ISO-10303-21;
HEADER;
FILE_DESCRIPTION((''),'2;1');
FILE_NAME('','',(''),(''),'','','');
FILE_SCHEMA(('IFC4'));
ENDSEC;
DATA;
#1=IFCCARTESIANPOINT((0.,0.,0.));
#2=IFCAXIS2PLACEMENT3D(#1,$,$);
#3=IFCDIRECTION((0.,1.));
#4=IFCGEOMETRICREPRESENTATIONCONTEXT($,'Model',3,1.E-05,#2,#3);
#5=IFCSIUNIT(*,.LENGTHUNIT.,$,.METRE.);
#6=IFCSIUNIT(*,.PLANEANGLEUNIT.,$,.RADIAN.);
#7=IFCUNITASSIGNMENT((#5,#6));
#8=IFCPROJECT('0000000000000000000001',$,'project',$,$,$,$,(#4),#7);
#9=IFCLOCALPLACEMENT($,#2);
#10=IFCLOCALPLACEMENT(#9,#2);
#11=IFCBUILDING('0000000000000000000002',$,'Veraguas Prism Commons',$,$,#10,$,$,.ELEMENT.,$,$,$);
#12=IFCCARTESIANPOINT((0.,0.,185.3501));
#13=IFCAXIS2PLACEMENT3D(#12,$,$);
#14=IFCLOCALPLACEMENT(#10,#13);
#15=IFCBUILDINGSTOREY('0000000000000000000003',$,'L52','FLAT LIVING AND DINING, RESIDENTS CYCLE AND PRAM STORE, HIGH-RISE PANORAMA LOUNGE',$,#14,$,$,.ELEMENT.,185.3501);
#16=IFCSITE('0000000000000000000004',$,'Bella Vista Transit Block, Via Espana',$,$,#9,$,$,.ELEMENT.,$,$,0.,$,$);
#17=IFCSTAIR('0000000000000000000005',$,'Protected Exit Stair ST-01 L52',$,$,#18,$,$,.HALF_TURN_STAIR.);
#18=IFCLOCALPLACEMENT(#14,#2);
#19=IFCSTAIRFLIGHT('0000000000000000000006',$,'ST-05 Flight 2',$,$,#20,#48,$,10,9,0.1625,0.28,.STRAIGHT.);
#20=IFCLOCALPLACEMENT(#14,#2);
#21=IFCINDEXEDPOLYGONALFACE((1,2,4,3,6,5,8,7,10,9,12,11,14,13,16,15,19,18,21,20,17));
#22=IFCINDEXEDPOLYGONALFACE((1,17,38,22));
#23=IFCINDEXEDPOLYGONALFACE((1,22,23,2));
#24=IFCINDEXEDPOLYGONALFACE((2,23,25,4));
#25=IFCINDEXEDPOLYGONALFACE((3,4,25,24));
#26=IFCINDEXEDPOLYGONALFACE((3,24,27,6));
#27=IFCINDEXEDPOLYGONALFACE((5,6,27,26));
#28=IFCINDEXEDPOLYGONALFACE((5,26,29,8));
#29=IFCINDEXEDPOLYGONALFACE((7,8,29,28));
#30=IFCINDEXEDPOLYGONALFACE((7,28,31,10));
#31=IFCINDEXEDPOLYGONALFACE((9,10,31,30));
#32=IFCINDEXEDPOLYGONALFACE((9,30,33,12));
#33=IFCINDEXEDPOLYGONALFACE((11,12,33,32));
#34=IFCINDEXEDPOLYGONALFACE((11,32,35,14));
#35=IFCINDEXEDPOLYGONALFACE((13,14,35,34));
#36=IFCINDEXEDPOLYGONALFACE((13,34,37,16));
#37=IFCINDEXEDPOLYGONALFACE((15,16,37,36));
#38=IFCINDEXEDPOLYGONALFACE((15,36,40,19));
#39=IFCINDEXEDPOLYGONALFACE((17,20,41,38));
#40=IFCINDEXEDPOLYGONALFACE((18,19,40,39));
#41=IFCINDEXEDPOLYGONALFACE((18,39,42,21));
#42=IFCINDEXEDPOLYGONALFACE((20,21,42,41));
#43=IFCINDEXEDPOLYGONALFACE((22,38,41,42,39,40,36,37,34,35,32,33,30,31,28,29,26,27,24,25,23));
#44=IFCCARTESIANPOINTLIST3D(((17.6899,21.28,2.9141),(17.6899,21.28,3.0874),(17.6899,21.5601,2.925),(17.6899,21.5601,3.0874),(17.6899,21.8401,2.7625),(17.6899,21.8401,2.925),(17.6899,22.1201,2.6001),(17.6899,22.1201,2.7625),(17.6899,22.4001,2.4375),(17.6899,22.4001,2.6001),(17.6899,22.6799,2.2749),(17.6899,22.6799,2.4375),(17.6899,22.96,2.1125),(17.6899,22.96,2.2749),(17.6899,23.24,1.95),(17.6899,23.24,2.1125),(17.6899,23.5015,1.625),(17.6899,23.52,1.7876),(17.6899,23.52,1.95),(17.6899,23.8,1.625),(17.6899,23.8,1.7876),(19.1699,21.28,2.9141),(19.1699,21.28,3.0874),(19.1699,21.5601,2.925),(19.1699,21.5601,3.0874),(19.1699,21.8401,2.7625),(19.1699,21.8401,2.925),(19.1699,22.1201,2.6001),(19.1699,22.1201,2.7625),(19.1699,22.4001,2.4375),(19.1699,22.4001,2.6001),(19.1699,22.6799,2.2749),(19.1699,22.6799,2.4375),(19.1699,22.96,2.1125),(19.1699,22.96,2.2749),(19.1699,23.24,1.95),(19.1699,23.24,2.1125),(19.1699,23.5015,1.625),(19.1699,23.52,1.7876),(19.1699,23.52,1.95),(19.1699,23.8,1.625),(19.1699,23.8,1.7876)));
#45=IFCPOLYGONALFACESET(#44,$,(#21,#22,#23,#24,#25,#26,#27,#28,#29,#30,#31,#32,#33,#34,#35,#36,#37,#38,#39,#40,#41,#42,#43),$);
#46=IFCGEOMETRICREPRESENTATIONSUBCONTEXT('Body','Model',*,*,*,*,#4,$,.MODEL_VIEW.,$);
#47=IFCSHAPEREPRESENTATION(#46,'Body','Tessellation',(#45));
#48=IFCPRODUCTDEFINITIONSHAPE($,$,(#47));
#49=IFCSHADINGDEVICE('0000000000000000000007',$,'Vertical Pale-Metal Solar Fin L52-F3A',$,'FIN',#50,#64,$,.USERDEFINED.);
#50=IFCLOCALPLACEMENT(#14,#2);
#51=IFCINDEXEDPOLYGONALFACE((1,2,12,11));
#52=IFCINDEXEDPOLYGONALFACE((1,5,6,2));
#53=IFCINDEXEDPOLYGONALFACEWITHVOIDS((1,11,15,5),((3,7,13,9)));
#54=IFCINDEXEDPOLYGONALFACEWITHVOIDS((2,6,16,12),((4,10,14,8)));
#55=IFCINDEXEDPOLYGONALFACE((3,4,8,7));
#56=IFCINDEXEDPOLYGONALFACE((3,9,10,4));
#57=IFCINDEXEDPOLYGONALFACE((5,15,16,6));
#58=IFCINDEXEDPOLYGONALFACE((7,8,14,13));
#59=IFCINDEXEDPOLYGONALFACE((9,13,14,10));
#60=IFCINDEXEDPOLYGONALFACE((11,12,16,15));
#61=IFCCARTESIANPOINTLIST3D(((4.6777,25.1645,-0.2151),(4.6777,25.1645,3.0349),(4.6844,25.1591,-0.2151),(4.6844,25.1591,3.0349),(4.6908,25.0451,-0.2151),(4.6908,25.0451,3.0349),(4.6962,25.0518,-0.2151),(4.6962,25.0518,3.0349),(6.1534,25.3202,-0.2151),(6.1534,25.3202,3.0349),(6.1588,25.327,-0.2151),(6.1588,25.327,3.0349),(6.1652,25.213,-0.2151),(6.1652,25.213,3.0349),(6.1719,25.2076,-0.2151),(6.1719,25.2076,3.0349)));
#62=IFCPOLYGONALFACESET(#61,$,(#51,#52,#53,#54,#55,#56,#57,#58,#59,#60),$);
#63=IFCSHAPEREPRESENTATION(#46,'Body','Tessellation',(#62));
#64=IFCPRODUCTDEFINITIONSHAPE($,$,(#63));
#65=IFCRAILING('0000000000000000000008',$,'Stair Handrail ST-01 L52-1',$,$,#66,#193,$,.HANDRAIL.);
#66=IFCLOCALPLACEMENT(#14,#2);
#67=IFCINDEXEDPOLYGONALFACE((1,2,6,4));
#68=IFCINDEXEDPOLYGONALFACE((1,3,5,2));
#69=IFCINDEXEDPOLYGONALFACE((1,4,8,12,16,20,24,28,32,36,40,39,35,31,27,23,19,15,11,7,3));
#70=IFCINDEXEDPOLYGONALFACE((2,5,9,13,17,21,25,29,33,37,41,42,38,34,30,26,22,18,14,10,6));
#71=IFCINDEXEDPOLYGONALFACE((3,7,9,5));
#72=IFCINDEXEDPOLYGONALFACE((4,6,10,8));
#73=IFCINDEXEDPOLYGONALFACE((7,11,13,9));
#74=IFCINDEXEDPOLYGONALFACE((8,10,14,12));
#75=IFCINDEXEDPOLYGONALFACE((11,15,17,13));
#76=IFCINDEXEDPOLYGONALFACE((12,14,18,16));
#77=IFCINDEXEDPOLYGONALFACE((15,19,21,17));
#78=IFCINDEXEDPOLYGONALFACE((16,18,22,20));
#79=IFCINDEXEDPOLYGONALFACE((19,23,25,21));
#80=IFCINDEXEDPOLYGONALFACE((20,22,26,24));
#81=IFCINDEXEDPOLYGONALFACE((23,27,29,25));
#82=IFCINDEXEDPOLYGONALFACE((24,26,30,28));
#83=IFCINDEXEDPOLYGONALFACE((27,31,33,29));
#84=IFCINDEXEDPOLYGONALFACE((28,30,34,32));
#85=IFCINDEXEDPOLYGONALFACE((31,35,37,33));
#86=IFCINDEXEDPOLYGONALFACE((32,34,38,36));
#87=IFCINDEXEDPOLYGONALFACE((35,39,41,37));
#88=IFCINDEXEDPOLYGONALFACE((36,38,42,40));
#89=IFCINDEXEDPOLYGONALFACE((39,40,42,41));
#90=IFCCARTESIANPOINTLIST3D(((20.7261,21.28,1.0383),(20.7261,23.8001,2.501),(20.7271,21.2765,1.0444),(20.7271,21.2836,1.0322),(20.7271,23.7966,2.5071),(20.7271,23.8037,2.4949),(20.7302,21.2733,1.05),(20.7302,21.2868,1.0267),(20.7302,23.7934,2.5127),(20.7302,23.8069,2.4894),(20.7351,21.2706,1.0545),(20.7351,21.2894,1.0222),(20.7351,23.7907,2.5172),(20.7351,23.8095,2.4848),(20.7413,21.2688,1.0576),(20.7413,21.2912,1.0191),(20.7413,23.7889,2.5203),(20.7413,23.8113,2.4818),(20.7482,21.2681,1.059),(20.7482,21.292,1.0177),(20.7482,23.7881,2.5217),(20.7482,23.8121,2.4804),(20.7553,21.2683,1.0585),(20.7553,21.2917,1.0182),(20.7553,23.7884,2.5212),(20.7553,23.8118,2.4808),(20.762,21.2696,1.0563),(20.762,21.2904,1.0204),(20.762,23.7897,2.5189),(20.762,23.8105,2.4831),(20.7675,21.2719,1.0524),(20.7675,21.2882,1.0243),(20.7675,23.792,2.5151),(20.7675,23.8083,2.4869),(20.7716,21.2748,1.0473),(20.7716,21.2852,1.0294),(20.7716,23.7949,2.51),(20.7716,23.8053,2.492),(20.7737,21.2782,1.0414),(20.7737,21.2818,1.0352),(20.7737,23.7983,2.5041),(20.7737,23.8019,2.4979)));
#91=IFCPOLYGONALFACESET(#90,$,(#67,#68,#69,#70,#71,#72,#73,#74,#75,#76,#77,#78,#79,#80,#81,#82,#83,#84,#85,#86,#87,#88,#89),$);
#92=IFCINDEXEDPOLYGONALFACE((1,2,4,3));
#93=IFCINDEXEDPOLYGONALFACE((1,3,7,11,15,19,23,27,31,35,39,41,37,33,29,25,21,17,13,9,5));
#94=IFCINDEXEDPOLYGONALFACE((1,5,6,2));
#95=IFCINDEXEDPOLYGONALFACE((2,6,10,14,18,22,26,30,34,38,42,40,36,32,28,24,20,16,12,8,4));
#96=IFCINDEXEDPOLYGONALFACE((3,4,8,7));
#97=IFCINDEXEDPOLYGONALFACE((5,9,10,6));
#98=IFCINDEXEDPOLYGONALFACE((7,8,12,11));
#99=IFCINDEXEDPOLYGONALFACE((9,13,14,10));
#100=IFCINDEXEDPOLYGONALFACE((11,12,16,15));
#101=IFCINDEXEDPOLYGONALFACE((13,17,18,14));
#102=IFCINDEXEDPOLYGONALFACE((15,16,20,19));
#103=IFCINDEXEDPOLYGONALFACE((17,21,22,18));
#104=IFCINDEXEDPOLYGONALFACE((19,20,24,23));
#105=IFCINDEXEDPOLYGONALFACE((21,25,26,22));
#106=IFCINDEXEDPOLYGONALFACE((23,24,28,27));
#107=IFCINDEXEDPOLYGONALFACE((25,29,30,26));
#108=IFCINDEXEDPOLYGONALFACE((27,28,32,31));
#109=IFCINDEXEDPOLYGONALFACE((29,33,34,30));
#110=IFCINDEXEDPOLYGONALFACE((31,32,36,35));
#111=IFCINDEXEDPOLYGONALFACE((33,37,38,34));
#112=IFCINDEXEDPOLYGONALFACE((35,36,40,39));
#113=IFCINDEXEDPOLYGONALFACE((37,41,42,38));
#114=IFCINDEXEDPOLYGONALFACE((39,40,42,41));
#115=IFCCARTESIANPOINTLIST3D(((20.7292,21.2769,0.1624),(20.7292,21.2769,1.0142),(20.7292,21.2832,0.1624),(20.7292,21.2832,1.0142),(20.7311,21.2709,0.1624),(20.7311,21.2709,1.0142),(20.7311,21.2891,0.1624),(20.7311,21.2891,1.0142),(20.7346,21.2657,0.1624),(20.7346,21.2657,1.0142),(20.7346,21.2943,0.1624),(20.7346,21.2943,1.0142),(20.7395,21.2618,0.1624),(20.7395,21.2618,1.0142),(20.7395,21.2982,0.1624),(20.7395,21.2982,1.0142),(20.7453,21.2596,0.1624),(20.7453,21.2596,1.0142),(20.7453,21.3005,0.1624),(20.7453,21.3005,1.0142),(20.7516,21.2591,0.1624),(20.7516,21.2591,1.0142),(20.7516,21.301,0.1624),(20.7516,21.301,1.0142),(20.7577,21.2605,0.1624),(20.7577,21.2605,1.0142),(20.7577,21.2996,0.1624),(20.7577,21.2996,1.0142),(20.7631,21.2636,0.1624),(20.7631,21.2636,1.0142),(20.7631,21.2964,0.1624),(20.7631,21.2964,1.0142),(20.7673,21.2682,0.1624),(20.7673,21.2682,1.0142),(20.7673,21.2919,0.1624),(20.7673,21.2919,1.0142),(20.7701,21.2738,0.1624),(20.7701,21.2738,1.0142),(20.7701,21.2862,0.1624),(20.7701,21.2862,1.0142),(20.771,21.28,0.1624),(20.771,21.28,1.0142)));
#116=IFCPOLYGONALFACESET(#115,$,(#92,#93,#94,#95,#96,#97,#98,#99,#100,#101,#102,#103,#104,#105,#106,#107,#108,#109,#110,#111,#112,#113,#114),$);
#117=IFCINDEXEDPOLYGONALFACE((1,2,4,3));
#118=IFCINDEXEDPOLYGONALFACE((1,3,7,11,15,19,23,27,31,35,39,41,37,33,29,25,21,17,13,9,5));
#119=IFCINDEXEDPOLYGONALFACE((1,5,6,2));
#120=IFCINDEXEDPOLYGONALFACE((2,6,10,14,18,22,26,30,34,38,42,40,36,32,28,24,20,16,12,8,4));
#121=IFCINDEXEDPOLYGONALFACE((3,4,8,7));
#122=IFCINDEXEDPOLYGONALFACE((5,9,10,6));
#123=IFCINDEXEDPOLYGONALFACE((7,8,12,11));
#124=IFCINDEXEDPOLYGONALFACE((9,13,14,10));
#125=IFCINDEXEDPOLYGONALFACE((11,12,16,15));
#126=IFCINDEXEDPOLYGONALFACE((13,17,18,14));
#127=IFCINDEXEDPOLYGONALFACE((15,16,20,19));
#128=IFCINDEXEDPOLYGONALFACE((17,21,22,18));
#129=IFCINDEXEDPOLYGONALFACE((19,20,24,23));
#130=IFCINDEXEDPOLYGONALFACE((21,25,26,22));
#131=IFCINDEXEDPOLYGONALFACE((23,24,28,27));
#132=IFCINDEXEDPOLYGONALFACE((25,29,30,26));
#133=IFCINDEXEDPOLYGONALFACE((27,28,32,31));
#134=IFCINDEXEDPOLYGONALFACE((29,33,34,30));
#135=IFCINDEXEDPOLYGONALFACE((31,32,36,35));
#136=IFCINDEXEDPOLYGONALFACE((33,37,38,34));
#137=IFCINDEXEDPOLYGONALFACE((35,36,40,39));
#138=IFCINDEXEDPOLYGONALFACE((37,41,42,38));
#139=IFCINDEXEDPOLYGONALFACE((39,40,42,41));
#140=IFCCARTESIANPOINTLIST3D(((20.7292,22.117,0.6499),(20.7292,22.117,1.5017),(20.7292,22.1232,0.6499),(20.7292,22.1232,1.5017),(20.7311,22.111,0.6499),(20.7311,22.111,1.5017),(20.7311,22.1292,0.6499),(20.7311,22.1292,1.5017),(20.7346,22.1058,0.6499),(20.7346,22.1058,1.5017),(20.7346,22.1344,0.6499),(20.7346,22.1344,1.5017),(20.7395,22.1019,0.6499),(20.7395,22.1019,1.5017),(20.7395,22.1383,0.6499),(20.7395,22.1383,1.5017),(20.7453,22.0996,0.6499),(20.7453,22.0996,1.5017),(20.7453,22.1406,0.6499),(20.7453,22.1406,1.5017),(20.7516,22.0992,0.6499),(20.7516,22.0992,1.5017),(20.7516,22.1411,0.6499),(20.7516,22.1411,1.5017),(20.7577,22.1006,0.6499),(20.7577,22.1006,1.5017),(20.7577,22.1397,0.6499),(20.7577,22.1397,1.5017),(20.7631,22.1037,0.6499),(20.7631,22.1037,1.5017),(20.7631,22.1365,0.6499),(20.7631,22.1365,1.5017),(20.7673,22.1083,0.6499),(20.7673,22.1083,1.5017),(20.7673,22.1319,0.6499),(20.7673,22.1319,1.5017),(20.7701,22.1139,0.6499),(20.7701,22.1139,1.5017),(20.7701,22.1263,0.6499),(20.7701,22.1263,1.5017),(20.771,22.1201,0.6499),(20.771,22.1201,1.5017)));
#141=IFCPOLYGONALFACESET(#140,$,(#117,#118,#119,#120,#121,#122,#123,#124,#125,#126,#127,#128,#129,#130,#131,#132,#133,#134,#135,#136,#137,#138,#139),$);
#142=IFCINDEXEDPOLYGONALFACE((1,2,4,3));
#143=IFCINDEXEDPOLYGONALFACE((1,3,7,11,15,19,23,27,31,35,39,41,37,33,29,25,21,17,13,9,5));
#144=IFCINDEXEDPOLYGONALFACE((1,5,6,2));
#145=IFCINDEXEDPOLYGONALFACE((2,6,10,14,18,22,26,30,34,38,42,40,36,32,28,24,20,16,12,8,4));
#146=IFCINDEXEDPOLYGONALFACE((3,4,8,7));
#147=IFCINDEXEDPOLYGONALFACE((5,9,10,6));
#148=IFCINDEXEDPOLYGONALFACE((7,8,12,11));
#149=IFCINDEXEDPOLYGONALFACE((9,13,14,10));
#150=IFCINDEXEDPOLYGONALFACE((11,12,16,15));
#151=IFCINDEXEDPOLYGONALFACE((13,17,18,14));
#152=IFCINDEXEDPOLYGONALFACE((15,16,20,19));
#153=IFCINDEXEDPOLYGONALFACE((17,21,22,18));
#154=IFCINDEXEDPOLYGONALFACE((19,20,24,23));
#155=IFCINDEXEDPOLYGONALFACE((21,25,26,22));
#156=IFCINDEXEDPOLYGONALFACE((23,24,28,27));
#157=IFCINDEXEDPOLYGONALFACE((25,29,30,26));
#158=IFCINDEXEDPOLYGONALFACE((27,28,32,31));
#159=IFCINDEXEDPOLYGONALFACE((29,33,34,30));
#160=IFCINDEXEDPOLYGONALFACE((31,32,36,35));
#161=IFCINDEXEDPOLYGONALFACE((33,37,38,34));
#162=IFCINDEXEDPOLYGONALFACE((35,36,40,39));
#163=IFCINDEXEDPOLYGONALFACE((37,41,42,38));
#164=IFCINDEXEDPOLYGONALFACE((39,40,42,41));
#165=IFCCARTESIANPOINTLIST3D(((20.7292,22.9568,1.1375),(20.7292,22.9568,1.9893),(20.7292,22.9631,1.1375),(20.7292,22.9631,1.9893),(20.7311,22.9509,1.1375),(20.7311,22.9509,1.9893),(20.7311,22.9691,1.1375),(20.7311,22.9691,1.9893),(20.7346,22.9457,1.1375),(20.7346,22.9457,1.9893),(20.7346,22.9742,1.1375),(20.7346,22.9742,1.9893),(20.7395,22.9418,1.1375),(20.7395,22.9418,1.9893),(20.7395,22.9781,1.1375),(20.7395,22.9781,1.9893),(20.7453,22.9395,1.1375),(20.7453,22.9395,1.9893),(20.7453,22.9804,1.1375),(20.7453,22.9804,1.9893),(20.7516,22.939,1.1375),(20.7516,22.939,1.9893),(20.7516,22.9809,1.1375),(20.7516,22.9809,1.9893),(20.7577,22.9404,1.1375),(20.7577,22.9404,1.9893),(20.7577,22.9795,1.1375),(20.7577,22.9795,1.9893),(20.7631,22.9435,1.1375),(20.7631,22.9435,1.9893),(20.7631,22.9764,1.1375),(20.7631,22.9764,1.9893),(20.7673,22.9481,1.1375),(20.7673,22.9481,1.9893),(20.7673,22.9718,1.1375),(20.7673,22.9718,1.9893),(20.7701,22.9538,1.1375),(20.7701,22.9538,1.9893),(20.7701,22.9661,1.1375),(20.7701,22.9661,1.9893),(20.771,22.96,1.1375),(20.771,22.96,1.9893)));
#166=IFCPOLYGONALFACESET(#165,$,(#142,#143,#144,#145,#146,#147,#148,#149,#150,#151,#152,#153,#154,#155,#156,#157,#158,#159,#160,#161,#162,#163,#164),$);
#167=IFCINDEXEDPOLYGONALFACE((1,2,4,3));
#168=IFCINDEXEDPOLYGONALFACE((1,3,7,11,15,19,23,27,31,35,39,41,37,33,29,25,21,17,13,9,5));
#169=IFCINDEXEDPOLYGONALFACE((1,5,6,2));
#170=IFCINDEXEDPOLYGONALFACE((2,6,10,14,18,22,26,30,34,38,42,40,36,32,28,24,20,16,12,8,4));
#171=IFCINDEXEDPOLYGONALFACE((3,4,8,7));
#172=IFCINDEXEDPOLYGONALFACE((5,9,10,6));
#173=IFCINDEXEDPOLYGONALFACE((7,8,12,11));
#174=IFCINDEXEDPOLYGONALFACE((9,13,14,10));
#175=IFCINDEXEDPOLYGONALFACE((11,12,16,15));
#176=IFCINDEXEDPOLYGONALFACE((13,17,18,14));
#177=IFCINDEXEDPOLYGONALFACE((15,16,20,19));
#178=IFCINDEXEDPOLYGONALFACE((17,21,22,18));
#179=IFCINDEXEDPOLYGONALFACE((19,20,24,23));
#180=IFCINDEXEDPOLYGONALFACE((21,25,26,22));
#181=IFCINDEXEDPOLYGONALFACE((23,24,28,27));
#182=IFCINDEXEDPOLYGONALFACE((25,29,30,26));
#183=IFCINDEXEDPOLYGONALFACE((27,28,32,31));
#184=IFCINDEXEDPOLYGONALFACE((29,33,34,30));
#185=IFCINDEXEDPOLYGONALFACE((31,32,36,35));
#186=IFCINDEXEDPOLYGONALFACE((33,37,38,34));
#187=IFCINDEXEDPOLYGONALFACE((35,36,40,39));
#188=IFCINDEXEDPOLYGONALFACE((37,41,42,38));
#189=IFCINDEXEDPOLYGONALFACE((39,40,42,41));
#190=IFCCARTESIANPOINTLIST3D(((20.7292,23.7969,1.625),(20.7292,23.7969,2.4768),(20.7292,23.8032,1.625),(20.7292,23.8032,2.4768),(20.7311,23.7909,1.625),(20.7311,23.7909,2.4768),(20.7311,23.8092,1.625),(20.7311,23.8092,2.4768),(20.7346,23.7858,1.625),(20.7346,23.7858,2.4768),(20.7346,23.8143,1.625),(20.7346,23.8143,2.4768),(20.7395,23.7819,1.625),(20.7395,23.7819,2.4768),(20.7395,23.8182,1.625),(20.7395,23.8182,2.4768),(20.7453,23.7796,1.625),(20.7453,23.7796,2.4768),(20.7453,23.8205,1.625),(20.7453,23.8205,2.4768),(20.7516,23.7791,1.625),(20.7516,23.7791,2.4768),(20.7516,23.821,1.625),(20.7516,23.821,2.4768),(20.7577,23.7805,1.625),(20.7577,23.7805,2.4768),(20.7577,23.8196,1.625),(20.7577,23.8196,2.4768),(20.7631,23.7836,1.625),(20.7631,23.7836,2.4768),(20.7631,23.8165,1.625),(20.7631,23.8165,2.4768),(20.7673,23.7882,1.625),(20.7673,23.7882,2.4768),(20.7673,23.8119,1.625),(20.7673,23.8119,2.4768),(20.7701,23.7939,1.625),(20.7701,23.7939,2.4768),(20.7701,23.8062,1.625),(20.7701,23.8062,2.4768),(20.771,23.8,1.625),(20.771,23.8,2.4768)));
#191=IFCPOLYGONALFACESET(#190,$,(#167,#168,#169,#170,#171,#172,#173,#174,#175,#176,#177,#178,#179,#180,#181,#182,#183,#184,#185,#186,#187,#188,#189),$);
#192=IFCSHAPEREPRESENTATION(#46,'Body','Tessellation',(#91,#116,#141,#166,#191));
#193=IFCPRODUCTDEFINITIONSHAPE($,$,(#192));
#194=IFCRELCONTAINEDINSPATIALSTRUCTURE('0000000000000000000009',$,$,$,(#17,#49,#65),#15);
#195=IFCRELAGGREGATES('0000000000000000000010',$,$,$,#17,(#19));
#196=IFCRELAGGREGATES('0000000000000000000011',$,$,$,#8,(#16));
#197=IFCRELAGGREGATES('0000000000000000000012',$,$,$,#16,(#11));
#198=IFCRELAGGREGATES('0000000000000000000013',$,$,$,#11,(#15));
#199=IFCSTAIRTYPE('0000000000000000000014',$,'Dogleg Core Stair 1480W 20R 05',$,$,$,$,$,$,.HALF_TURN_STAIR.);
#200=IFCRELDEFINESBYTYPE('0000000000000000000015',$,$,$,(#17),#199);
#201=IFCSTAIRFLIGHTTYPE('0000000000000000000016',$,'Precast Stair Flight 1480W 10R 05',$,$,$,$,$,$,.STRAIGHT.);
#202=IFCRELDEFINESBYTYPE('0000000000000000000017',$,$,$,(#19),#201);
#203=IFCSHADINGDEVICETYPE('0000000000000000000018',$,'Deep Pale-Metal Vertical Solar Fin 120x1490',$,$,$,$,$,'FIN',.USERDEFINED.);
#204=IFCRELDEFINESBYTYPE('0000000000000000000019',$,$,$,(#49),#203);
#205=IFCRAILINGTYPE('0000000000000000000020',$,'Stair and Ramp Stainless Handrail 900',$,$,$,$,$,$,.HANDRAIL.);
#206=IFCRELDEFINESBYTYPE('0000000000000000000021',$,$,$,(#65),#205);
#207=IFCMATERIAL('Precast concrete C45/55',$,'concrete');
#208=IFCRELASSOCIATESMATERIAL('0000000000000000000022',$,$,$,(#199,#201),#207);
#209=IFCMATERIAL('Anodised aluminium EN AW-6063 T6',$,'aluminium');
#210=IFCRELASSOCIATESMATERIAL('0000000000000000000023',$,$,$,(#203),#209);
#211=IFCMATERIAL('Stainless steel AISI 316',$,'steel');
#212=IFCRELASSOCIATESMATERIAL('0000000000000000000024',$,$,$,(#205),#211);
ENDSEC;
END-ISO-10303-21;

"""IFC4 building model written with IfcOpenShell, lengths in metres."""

from ifc_helpers import new_model, si_unit, direction, frame, origin, origin_2d, place, context, subcontext, project, spatial, polyline, hollow_rectangle, circle, outline, extrude, material, material_profile, profile_set, type_object, element, aggregate, save


model = new_model("IFC4")

# Units and contexts
model_context = context("Model", 3, precision=1e-05, world=origin(), true_north=direction((0.0, 1.0)))
body_context = subcontext(model_context, "Body", "Model", "MODEL_VIEW")
ifc_project = project(units=[si_unit("LENGTHUNIT", "METRE"), si_unit("PLANEANGLEUNIT", "RADIAN")], contexts=[model_context])

# Site, building, storey
site_placement = place(None, origin())
site = spatial("IfcSite", under=ifc_project, at=site_placement, Name="Bella Vista Transit Block, Via Espana", CompositionType="ELEMENT", RefElevation=0.0)
building_placement = place(site_placement, origin())
building = spatial("IfcBuilding", under=site, at=building_placement, Name="Veraguas Prism Commons", CompositionType="ELEMENT")
storey_placement = place(building_placement, frame((0.0, 0.0, 185.3501)))
storey = spatial("IfcBuildingStorey", under=building, at=storey_placement, Name="L52", Description="FLAT LIVING AND DINING, RESIDENTS CYCLE AND PRAM STORE, HIGH-RISE PANORAMA LOUNGE", CompositionType="ELEMENT", Elevation=185.3501)

# Shared definitions
ifc_material_1 = material(Name="Anodised aluminium EN AW-6063 T6", Category="aluminium")

# Stair, stair flight
ifc_material_2 = material(Name="Precast concrete C45/55", Category="concrete")
stair_type = type_object("IfcStairType", Name="Dogleg Core Stair 1480W 20R 05", PredefinedType="HALF_TURN_STAIR", material=ifc_material_2)
stair_placement = place(storey_placement, origin())
stair = element("IfcStair", 1, at=stair_placement, inside=storey, type_object=stair_type, Name="Protected Exit Stair ST-01 L52", PredefinedType="HALF_TURN_STAIR")
stair_flight_type = type_object("IfcStairFlightType", Name="Precast Stair Flight 1480W 10R 05", PredefinedType="STRAIGHT", material=ifc_material_2)
stair_flight_placement = place(storey_placement, frame((18.4299, 23.8, 1.625), z_axis=(0.0, 0.0, 1.0), x_axis=(0.0, -1.0, 0.0)))
stair_flight = element("IfcStairFlight", 2, at=stair_flight_placement, type_object=stair_flight_type, Name="ST-05 Flight 2", NumberOfRisers=10, NumberOfTreads=9, PredefinedType="STRAIGHT", RiserHeight=0.1625, TreadLength=0.28, context=body_context, shape_type="SweptSolid", body=[
    extrude(outline(polyline([(0.0, 0.0), (0.0, 0.1626), (0.28, 0.1626), (0.28, 0.325), (0.5601, 0.325), (0.5601, 0.4875), (0.8401, 0.4875), (0.8401, 0.6499), (1.1201, 0.6499), (1.1201, 0.8125), (1.3999, 0.8125), (1.3999, 0.9751), (1.6799, 0.9751), (1.6799, 1.1375), (1.96, 1.1375), (1.96, 1.3), (2.24, 1.3), (2.24, 1.4624), (2.52, 1.4624), (2.52, 1.625), (2.52, 1.2891), (0.2986, 0.0), (0.0, 0.0)])), frame((0.0, 0.74, 0.0), z_axis=(0.0, -1.0, 0.0), x_axis=(1.0, 0.0, 0.0)), (0.0, 0.0, 1.0), 1.48),
])
aggregate(stair, [stair_flight])

# Shading device
ifc_material_profile_1 = material_profile(ifc_material_1, hollow_rectangle(XDim=0.1201, YDim=1.49, WallThickness=0.0061, at=origin_2d()), Name="FIN120X1490X6")
ifc_profile_set_1 = profile_set([ifc_material_profile_1], Name="Anodised aluminium EN AW-6063 T6")
shading_device_type = type_object("IfcShadingDeviceType", Name="Deep Pale-Metal Vertical Solar Fin 120x1490", ElementType="FIN", PredefinedType="USERDEFINED", material=ifc_profile_set_1)
shading_device_placement = place(storey_placement, frame((5.4248, 25.186, -0.2151), z_axis=(0.0, 0.0, 1.0), x_axis=(0.10904, -0.994037, 0.0)))
element("IfcShadingDevice", 3, at=shading_device_placement, inside=storey, type_object=shading_device_type, Name="Vertical Pale-Metal Solar Fin L52-F3A", ObjectType="FIN", PredefinedType="USERDEFINED", context=body_context, shape_type="SweptSolid", body=[
    extrude(hollow_rectangle(XDim=0.1201, YDim=1.49, WallThickness=0.0061, at=origin_2d()), origin(), (0.0, 0.0, 1.0), 3.25),
])

# Railing
ifc_material_3 = material(Name="Stainless steel AISI 316", Category="steel")
railing_type_1 = type_object("IfcRailingType", Name="Stair and Ramp Stainless Handrail 900", PredefinedType="HANDRAIL", material=ifc_material_3)
railing_1_placement = place(storey_placement, frame((20.75, 21.28, 0.1624)))
element("IfcRailing", 4, at=railing_1_placement, inside=storey, type_object=railing_type_1, Name="Stair Handrail ST-01 L52-1", PredefinedType="HANDRAIL", context=body_context, shape_type="SweptSolid", body=[
    extrude(circle(Radius=0.0239, at=origin_2d()), frame((0.0, 0.0, 0.876), z_axis=(0.0, 0.864877, 0.501984), x_axis=(-1.0, 0.0, 0.0)), (0.0, 0.0, 1.0), 2.9138),
    extrude(circle(Radius=0.021, at=origin_2d()), origin(), (0.0, 0.0, 1.0), 0.8518),
    extrude(circle(Radius=0.021, at=origin_2d()), frame((0.0, 0.8401, 0.4875)), (0.0, 0.0, 1.0), 0.8518),
    extrude(circle(Radius=0.021, at=origin_2d()), frame((0.0, 1.6799, 0.9751)), (0.0, 0.0, 1.0), 0.8518),
    extrude(circle(Radius=0.021, at=origin_2d()), frame((0.0, 2.52, 1.4626)), (0.0, 0.0, 1.0), 0.8518),
])

save(model, "model.ifc")
